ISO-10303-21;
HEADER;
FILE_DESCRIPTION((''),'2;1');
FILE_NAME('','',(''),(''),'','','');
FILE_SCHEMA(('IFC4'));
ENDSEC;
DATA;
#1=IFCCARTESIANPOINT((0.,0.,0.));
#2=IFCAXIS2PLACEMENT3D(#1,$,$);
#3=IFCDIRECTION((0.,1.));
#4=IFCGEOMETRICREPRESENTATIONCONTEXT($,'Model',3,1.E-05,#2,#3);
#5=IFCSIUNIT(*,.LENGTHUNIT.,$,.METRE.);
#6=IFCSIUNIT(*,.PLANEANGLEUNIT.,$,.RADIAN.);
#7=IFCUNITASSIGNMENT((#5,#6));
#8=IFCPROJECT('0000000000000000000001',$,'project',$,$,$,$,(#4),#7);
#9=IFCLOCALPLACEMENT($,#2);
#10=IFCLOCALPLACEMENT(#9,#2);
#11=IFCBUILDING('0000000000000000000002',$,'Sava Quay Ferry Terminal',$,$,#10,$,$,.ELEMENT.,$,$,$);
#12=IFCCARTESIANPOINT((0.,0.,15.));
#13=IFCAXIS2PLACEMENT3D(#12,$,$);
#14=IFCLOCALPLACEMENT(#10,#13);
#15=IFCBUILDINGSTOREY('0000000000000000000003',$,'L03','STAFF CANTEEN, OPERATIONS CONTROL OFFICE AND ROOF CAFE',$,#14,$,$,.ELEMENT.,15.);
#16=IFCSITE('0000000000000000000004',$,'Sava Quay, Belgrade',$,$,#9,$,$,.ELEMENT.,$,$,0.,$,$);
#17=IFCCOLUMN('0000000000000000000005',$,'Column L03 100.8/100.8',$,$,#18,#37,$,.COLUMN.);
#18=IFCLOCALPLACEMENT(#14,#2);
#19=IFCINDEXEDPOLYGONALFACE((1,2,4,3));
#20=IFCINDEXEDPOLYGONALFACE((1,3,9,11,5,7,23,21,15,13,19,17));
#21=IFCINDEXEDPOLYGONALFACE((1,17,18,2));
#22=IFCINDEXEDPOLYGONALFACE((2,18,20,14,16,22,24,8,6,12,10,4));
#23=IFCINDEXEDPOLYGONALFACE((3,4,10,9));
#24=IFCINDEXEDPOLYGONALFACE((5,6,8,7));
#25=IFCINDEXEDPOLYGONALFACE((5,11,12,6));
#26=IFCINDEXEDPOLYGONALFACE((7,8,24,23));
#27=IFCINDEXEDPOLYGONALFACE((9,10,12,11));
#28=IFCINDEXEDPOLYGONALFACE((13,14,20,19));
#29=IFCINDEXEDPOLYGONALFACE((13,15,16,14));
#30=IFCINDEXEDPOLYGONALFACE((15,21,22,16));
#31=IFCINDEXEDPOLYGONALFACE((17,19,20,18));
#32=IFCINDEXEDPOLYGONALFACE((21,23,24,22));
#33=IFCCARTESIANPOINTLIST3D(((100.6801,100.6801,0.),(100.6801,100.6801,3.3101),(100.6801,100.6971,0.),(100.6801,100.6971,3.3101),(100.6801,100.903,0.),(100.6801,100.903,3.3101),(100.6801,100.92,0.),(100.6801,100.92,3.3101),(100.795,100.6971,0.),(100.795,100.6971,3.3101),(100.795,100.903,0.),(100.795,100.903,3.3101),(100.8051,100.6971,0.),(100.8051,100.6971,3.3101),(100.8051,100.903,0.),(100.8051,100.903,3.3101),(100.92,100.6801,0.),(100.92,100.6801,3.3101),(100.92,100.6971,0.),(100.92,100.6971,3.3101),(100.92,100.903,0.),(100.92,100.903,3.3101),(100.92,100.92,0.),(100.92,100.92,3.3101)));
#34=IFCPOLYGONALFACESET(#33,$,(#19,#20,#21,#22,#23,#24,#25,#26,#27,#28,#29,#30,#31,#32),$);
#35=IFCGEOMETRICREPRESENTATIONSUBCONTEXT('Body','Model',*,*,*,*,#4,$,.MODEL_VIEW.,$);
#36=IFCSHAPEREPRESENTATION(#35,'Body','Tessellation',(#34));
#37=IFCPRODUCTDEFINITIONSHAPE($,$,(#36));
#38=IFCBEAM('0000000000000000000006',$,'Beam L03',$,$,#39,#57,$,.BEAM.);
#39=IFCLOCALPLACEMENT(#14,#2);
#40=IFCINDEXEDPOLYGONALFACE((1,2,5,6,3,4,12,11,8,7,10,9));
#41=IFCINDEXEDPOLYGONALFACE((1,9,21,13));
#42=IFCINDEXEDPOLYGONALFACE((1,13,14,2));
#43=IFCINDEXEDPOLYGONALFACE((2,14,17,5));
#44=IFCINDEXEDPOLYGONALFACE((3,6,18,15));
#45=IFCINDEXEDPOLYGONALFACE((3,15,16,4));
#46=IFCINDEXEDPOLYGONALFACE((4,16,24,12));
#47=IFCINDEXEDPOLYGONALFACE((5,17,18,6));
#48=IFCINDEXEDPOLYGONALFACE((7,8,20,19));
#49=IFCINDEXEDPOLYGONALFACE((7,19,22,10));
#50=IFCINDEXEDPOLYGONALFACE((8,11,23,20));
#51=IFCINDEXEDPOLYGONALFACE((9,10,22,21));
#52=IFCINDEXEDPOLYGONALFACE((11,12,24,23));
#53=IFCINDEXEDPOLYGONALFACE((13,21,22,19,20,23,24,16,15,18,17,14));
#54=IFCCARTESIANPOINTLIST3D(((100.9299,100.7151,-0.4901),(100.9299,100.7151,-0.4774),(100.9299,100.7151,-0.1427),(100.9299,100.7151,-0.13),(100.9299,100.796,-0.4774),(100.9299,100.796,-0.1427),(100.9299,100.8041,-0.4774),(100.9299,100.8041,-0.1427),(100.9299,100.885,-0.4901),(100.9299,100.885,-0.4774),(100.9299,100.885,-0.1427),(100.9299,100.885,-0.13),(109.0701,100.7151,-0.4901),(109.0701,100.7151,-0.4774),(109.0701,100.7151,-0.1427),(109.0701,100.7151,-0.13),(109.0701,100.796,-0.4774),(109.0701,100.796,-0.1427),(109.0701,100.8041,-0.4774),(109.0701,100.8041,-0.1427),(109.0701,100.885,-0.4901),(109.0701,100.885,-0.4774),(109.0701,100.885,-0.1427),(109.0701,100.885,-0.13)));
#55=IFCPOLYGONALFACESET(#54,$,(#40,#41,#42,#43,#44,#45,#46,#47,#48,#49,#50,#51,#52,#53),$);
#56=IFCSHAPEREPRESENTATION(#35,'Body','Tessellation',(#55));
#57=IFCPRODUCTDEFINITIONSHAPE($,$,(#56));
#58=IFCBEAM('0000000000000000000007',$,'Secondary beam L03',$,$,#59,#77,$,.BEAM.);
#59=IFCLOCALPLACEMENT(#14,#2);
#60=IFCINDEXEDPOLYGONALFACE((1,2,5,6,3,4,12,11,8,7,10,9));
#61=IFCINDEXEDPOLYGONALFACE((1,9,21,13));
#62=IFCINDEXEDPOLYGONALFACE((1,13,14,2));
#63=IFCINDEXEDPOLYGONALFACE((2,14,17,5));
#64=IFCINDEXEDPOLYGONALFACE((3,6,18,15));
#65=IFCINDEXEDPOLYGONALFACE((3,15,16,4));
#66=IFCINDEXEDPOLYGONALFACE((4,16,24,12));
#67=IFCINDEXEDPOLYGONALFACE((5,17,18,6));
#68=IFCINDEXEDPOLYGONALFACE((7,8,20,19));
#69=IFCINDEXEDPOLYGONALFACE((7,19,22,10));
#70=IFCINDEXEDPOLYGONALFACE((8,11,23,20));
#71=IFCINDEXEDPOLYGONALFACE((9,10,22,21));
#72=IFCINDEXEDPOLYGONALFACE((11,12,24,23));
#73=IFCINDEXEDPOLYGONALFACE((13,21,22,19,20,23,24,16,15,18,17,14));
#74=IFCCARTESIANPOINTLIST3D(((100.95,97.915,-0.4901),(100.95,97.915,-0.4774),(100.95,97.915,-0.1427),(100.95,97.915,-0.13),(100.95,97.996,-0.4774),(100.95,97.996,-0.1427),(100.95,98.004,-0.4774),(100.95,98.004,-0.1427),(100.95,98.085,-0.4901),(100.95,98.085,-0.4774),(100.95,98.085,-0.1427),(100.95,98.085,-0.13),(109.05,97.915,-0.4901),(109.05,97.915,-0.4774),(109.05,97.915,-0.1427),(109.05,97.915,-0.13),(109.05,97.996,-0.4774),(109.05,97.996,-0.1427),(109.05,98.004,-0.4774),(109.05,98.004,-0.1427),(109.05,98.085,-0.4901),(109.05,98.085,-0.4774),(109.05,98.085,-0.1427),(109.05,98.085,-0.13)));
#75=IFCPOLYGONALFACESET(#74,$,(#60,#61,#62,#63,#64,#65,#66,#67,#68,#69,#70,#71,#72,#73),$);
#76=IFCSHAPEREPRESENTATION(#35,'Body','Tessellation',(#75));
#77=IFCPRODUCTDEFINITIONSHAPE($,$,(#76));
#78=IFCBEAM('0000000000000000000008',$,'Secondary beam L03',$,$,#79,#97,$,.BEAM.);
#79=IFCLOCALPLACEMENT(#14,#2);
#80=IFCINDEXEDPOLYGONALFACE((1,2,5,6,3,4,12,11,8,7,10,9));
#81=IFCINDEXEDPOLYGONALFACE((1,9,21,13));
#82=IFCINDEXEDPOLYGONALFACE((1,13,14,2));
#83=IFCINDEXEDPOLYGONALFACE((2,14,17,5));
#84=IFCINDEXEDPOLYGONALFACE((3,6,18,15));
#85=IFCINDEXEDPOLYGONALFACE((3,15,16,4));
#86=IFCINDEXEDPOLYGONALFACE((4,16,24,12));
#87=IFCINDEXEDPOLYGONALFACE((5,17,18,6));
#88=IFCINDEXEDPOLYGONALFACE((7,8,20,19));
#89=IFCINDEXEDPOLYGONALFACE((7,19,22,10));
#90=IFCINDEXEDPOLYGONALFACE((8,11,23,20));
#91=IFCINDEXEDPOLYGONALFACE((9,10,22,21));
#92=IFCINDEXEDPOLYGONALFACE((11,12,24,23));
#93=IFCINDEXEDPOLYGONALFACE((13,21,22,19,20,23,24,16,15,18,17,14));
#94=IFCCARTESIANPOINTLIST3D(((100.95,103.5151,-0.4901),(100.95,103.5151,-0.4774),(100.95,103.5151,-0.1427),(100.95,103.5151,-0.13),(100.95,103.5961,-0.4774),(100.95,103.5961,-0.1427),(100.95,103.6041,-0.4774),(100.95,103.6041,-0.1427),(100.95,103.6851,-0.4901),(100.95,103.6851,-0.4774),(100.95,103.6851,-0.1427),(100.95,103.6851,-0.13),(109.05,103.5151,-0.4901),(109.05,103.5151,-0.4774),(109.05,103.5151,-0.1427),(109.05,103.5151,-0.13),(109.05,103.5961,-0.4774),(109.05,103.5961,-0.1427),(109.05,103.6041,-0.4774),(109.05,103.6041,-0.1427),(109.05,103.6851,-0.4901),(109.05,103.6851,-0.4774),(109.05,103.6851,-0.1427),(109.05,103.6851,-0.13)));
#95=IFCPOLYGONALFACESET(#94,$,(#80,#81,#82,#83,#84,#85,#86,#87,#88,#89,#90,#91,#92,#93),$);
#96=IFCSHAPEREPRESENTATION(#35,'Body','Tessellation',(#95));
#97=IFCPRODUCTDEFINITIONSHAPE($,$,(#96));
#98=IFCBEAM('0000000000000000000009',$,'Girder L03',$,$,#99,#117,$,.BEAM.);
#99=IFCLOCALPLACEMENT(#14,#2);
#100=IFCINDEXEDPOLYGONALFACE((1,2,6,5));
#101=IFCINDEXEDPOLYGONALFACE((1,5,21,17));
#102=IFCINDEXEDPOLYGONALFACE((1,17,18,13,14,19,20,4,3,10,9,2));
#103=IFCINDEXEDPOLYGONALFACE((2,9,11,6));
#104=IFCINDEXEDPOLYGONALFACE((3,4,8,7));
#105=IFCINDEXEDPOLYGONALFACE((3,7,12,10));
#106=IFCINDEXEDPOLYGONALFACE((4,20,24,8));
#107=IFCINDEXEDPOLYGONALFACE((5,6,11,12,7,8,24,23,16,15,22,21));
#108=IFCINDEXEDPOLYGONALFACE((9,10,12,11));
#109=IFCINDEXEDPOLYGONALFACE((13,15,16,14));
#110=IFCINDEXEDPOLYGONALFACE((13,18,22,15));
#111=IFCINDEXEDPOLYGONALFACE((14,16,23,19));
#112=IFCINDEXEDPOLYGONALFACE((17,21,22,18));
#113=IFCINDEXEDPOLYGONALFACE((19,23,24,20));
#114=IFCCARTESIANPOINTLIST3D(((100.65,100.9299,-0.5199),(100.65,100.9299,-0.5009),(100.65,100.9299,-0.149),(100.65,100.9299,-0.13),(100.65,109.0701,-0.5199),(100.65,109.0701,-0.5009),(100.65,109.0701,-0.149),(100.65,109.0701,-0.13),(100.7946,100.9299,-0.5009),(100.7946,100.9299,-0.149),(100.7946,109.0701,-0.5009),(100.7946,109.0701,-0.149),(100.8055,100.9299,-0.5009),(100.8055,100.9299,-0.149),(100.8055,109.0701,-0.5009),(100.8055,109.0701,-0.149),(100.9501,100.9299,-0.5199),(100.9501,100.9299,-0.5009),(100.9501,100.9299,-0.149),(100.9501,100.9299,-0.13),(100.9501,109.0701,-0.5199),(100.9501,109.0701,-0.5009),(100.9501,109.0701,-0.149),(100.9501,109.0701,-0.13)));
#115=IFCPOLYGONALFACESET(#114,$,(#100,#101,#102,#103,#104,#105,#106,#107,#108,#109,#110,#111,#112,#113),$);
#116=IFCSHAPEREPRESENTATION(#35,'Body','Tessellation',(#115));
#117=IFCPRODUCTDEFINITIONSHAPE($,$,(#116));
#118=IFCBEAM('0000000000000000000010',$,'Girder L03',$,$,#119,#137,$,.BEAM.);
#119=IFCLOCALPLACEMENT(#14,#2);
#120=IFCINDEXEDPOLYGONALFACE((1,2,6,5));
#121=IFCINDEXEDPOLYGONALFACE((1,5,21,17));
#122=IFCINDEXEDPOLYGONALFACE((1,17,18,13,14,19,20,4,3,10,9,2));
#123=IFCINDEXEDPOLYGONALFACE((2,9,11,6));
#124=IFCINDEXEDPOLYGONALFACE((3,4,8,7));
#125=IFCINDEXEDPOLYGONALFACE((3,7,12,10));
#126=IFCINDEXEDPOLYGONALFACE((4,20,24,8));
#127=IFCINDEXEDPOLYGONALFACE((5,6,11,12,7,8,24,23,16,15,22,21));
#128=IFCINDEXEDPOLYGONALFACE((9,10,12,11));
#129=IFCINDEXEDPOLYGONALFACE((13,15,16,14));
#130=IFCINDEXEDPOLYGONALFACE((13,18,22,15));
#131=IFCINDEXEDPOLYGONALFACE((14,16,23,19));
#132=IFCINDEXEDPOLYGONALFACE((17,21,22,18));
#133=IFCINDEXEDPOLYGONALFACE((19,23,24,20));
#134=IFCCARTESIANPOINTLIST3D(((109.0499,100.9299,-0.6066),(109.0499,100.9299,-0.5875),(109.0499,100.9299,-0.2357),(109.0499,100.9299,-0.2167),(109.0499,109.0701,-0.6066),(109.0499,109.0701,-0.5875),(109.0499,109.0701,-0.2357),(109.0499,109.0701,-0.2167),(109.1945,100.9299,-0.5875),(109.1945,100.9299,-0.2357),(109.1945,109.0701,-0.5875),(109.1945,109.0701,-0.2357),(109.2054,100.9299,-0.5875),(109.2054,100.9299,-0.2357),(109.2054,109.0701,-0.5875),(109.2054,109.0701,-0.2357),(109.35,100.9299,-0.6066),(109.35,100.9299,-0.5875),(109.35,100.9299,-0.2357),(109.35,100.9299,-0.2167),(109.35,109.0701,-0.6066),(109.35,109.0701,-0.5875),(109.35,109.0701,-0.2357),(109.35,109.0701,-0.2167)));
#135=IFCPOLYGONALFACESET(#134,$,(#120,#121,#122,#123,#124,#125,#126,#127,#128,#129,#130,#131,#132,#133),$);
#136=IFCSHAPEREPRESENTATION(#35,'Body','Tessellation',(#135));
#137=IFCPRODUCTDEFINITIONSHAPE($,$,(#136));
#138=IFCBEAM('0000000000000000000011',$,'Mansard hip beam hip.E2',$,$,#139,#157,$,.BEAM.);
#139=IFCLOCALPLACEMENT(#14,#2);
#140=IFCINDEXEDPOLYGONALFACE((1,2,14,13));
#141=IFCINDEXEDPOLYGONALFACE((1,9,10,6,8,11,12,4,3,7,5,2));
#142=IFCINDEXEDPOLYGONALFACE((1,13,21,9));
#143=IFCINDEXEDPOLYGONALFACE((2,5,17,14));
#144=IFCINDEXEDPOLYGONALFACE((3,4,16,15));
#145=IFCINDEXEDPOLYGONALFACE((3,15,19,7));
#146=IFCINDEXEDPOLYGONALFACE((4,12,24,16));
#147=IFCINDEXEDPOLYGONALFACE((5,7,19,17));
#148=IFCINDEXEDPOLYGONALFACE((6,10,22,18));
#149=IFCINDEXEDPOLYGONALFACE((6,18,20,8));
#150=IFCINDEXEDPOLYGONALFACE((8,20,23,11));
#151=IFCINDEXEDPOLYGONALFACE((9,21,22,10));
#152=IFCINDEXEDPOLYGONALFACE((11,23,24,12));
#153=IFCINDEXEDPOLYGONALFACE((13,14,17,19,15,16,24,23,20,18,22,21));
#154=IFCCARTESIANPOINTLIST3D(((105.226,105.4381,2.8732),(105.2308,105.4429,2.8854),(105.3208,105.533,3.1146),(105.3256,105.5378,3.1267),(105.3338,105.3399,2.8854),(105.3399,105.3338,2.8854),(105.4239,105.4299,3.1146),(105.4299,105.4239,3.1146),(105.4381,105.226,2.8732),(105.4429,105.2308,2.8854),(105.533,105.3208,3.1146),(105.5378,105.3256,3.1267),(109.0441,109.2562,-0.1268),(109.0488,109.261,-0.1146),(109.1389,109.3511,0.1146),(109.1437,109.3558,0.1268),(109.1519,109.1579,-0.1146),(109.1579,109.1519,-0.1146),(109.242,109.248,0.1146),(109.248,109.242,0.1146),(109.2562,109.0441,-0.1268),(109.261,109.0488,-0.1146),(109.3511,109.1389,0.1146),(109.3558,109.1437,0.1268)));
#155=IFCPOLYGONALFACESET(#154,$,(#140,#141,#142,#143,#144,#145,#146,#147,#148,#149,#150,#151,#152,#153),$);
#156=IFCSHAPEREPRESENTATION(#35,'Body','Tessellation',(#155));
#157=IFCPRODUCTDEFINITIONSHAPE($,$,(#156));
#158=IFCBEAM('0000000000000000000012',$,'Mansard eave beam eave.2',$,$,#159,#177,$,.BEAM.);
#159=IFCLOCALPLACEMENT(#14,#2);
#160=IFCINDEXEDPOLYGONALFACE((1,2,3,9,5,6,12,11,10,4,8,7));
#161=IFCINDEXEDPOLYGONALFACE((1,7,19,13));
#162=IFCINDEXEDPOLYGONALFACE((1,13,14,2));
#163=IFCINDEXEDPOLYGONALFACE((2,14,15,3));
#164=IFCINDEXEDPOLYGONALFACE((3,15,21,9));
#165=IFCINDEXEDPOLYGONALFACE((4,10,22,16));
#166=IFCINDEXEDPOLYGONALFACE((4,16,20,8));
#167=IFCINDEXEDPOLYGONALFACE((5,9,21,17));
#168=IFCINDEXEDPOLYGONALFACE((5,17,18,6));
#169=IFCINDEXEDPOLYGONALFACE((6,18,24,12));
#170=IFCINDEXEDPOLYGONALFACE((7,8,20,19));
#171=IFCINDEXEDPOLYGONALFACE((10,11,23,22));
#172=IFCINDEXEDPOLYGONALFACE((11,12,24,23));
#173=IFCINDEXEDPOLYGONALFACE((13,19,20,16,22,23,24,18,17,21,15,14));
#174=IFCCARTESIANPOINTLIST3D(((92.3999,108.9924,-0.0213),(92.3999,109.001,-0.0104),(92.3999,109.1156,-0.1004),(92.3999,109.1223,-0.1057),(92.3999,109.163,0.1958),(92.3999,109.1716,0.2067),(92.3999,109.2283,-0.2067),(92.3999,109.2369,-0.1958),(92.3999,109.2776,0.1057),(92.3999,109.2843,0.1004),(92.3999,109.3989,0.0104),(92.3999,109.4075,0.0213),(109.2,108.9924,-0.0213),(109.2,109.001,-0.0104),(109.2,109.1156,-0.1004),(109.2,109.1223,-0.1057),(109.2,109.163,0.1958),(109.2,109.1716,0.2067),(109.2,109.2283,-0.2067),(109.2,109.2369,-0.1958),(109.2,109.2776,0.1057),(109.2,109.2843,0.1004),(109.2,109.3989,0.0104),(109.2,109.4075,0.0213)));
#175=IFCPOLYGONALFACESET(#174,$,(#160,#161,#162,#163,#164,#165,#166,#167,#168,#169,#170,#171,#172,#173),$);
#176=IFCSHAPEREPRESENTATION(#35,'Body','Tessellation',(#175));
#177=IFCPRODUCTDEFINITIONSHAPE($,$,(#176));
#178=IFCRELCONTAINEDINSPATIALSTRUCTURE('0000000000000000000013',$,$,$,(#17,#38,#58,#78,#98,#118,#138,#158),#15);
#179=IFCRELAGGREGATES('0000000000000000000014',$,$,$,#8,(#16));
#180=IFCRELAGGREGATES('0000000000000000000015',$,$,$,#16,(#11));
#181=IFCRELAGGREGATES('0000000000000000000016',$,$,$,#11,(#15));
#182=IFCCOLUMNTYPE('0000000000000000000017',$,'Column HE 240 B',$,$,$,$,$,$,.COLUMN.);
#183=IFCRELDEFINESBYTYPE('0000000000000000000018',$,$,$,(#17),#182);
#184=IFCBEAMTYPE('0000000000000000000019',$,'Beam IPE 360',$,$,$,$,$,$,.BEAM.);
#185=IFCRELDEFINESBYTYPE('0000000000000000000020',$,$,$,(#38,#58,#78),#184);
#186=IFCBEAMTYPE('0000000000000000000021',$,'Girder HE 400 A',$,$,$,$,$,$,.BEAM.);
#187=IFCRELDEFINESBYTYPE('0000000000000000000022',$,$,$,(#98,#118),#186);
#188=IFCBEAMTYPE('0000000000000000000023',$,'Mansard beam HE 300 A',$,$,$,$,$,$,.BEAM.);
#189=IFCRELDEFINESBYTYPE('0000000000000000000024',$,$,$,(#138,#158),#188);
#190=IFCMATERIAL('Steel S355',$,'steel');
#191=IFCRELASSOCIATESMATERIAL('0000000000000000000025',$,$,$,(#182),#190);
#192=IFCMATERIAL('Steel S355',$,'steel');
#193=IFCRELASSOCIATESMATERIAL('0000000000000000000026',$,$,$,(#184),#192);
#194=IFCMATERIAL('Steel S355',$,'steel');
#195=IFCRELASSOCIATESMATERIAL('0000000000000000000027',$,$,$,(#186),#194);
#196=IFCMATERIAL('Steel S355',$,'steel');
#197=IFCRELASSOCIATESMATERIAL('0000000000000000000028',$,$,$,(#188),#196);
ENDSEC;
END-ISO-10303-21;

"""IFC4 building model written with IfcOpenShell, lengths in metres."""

from ifc_helpers import new_model, si_unit, direction, frame, origin, origin_2d, place, context, subcontext, project, spatial, i_section, extrude, material, material_profile, profile_set, type_object, element, save


model = new_model("IFC4")

# Units and contexts
model_context = context("Model", 3, precision=1e-05, world=origin(), true_north=direction((0.0, 1.0)))
body_context = subcontext(model_context, "Body", "Model", "MODEL_VIEW")
ifc_project = project(units=[si_unit("LENGTHUNIT", "METRE"), si_unit("PLANEANGLEUNIT", "RADIAN")], contexts=[model_context])

# Site, building, storey
site_placement = place(None, origin())
site = spatial("IfcSite", under=ifc_project, at=site_placement, Name="Sava Quay, Belgrade", CompositionType="ELEMENT", RefElevation=0.0)
building_placement = place(site_placement, origin())
building = spatial("IfcBuilding", under=site, at=building_placement, Name="Sava Quay Ferry Terminal", CompositionType="ELEMENT")
storey_placement = place(building_placement, frame((0.0, 0.0, 15.0)))
storey = spatial("IfcBuildingStorey", under=building, at=storey_placement, Name="L03", Description="STAFF CANTEEN, OPERATIONS CONTROL OFFICE AND ROOF CAFE", CompositionType="ELEMENT", Elevation=15.0)

# Column
ifc_material_1 = material(Name="Steel S355", Category="steel")
ifc_material_profile_1 = material_profile(ifc_material_1, i_section(OverallWidth=0.24, OverallDepth=0.24, WebThickness=0.01, FlangeThickness=0.0171, at=origin_2d()), Name="HE 240 B")
ifc_profile_set_1 = profile_set([ifc_material_profile_1], Name="Steel S355")
column_type = type_object("IfcColumnType", Name="Column HE 240 B", PredefinedType="COLUMN", material=ifc_profile_set_1)
column_placement = place(storey_placement, frame((100.8, 100.8, 0.0), z_axis=(0.0, 0.0, 1.0), x_axis=(1.0, 0.0, 0.0)))
element("IfcColumn", 1, at=column_placement, inside=storey, type_object=column_type, Name="Column L03 100.8/100.8", PredefinedType="COLUMN", context=body_context, shape_type="SweptSolid", body=[
    extrude(i_section(OverallWidth=0.24, OverallDepth=0.24, WebThickness=0.01, FlangeThickness=0.0171, at=origin_2d()), origin(), (0.0, 0.0, 1.0), 3.3101),
])

# Beams
ifc_material_2 = material(Name="Steel S355", Category="steel")
ifc_material_profile_2 = material_profile(ifc_material_2, i_section(OverallWidth=0.1699, OverallDepth=0.3601, WebThickness=0.0081, FlangeThickness=0.0127, at=origin_2d()), Name="IPE 360")
ifc_profile_set_2 = profile_set([ifc_material_profile_2], Name="Steel S355")
beam_type_1 = type_object("IfcBeamType", Name="Beam IPE 360", PredefinedType="BEAM", material=ifc_profile_set_2)
beam_1_placement = place(storey_placement, frame((100.9299, 100.8, -0.3101), z_axis=(1.0, 0.0, 0.0), x_axis=(0.0, 1.0, 0.0)))
element("IfcBeam", 2, at=beam_1_placement, inside=storey, type_object=beam_type_1, Name="Beam L03", PredefinedType="BEAM", context=body_context, shape_type="SweptSolid", body=[
    extrude(i_section(OverallWidth=0.1699, OverallDepth=0.3601, WebThickness=0.0081, FlangeThickness=0.0127, at=origin_2d()), origin(), (0.0, 0.0, 1.0), 8.1401),
])
for number, where, z_axis, x_axis, name in (
    (3, (100.95, 98.0, -0.3101), (1.0, 0.0, 0.0), (0.0, 1.0, 0.0), "Secondary beam L03"),
    (4, (100.95, 103.6001, -0.3101), (1.0, 0.0, 0.0), (0.0, 1.0, 0.0), "Secondary beam L03"),
):
    element("IfcBeam", number, at=place(storey_placement, frame(where, z_axis=z_axis, x_axis=x_axis)), inside=storey, type_object=beam_type_1, Name=name, PredefinedType="BEAM", context=body_context, shape_type="SweptSolid", body=[
        extrude(i_section(OverallWidth=0.1699, OverallDepth=0.3601, WebThickness=0.0081, FlangeThickness=0.0127, at=origin_2d()), origin(), (0.0, 0.0, 1.0), 8.1001),
    ])
ifc_material_3 = material(Name="Steel S355", Category="steel")
ifc_material_profile_3 = material_profile(ifc_material_3, i_section(OverallWidth=0.3, OverallDepth=0.3899, WebThickness=0.011, FlangeThickness=0.019, at=origin_2d()), Name="HE 400 A")
ifc_profile_set_3 = profile_set([ifc_material_profile_3], Name="Steel S355")
beam_type_2 = type_object("IfcBeamType", Name="Girder HE 400 A", PredefinedType="BEAM", material=ifc_profile_set_3)
for number, where, z_axis, x_axis, name in (
    (5, (100.8, 100.9299, -0.325), (0.0, 1.0, 0.0), (-1.0, 0.0, 0.0), "Girder L03"),
    (6, (109.2, 100.9299, -0.4116), (0.0, 1.0, 0.0), (-1.0, 0.0, 0.0), "Girder L03"),
):
    element("IfcBeam", number, at=place(storey_placement, frame(where, z_axis=z_axis, x_axis=x_axis)), inside=storey, type_object=beam_type_2, Name=name, PredefinedType="BEAM", context=body_context, shape_type="SweptSolid", body=[
        extrude(i_section(OverallWidth=0.3, OverallDepth=0.3899, WebThickness=0.011, FlangeThickness=0.019, at=origin_2d()), origin(), (0.0, 0.0, 1.0), 8.1401),
    ])
ifc_material_4 = material(Name="Steel S355", Category="steel")
ifc_material_profile_4 = material_profile(ifc_material_4, i_section(OverallWidth=0.3, OverallDepth=0.29, WebThickness=0.0085, FlangeThickness=0.0139, at=origin_2d()), Name="HE 300 A")
ifc_profile_set_4 = profile_set([ifc_material_profile_4], Name="Steel S355")
beam_type_3 = type_object("IfcBeamType", Name="Mansard beam HE 300 A", PredefinedType="BEAM", material=ifc_profile_set_4)
beam_2_placement = place(storey_placement, frame((109.2, 109.2, 0.0), z_axis=(-0.618113, -0.618113, 0.485668), x_axis=(0.707107, -0.707107, 0.0)))
element("IfcBeam", 7, at=beam_2_placement, inside=storey, type_object=beam_type_3, Name="Mansard hip beam hip.E2", PredefinedType="BEAM", context=body_context, shape_type="SweptSolid", body=[
    extrude(i_section(OverallWidth=0.3, OverallDepth=0.29, WebThickness=0.0085, FlangeThickness=0.0139, at=origin_2d()), origin(), (0.0, 0.0, 1.0), 6.177),
])
beam_3_placement = place(storey_placement, frame((109.2, 109.2, 0.0), z_axis=(-1.0, 0.0, 0.0), x_axis=(0.0, -0.786318, 0.617822)))
element("IfcBeam", 8, at=beam_3_placement, inside=storey, type_object=beam_type_3, Name="Mansard eave beam eave.2", PredefinedType="BEAM", context=body_context, shape_type="SweptSolid", body=[
    extrude(i_section(OverallWidth=0.3, OverallDepth=0.29, WebThickness=0.0085, FlangeThickness=0.0139, at=origin_2d()), origin(), (0.0, 0.0, 1.0), 16.8),
])

save(model, "model.ifc")
